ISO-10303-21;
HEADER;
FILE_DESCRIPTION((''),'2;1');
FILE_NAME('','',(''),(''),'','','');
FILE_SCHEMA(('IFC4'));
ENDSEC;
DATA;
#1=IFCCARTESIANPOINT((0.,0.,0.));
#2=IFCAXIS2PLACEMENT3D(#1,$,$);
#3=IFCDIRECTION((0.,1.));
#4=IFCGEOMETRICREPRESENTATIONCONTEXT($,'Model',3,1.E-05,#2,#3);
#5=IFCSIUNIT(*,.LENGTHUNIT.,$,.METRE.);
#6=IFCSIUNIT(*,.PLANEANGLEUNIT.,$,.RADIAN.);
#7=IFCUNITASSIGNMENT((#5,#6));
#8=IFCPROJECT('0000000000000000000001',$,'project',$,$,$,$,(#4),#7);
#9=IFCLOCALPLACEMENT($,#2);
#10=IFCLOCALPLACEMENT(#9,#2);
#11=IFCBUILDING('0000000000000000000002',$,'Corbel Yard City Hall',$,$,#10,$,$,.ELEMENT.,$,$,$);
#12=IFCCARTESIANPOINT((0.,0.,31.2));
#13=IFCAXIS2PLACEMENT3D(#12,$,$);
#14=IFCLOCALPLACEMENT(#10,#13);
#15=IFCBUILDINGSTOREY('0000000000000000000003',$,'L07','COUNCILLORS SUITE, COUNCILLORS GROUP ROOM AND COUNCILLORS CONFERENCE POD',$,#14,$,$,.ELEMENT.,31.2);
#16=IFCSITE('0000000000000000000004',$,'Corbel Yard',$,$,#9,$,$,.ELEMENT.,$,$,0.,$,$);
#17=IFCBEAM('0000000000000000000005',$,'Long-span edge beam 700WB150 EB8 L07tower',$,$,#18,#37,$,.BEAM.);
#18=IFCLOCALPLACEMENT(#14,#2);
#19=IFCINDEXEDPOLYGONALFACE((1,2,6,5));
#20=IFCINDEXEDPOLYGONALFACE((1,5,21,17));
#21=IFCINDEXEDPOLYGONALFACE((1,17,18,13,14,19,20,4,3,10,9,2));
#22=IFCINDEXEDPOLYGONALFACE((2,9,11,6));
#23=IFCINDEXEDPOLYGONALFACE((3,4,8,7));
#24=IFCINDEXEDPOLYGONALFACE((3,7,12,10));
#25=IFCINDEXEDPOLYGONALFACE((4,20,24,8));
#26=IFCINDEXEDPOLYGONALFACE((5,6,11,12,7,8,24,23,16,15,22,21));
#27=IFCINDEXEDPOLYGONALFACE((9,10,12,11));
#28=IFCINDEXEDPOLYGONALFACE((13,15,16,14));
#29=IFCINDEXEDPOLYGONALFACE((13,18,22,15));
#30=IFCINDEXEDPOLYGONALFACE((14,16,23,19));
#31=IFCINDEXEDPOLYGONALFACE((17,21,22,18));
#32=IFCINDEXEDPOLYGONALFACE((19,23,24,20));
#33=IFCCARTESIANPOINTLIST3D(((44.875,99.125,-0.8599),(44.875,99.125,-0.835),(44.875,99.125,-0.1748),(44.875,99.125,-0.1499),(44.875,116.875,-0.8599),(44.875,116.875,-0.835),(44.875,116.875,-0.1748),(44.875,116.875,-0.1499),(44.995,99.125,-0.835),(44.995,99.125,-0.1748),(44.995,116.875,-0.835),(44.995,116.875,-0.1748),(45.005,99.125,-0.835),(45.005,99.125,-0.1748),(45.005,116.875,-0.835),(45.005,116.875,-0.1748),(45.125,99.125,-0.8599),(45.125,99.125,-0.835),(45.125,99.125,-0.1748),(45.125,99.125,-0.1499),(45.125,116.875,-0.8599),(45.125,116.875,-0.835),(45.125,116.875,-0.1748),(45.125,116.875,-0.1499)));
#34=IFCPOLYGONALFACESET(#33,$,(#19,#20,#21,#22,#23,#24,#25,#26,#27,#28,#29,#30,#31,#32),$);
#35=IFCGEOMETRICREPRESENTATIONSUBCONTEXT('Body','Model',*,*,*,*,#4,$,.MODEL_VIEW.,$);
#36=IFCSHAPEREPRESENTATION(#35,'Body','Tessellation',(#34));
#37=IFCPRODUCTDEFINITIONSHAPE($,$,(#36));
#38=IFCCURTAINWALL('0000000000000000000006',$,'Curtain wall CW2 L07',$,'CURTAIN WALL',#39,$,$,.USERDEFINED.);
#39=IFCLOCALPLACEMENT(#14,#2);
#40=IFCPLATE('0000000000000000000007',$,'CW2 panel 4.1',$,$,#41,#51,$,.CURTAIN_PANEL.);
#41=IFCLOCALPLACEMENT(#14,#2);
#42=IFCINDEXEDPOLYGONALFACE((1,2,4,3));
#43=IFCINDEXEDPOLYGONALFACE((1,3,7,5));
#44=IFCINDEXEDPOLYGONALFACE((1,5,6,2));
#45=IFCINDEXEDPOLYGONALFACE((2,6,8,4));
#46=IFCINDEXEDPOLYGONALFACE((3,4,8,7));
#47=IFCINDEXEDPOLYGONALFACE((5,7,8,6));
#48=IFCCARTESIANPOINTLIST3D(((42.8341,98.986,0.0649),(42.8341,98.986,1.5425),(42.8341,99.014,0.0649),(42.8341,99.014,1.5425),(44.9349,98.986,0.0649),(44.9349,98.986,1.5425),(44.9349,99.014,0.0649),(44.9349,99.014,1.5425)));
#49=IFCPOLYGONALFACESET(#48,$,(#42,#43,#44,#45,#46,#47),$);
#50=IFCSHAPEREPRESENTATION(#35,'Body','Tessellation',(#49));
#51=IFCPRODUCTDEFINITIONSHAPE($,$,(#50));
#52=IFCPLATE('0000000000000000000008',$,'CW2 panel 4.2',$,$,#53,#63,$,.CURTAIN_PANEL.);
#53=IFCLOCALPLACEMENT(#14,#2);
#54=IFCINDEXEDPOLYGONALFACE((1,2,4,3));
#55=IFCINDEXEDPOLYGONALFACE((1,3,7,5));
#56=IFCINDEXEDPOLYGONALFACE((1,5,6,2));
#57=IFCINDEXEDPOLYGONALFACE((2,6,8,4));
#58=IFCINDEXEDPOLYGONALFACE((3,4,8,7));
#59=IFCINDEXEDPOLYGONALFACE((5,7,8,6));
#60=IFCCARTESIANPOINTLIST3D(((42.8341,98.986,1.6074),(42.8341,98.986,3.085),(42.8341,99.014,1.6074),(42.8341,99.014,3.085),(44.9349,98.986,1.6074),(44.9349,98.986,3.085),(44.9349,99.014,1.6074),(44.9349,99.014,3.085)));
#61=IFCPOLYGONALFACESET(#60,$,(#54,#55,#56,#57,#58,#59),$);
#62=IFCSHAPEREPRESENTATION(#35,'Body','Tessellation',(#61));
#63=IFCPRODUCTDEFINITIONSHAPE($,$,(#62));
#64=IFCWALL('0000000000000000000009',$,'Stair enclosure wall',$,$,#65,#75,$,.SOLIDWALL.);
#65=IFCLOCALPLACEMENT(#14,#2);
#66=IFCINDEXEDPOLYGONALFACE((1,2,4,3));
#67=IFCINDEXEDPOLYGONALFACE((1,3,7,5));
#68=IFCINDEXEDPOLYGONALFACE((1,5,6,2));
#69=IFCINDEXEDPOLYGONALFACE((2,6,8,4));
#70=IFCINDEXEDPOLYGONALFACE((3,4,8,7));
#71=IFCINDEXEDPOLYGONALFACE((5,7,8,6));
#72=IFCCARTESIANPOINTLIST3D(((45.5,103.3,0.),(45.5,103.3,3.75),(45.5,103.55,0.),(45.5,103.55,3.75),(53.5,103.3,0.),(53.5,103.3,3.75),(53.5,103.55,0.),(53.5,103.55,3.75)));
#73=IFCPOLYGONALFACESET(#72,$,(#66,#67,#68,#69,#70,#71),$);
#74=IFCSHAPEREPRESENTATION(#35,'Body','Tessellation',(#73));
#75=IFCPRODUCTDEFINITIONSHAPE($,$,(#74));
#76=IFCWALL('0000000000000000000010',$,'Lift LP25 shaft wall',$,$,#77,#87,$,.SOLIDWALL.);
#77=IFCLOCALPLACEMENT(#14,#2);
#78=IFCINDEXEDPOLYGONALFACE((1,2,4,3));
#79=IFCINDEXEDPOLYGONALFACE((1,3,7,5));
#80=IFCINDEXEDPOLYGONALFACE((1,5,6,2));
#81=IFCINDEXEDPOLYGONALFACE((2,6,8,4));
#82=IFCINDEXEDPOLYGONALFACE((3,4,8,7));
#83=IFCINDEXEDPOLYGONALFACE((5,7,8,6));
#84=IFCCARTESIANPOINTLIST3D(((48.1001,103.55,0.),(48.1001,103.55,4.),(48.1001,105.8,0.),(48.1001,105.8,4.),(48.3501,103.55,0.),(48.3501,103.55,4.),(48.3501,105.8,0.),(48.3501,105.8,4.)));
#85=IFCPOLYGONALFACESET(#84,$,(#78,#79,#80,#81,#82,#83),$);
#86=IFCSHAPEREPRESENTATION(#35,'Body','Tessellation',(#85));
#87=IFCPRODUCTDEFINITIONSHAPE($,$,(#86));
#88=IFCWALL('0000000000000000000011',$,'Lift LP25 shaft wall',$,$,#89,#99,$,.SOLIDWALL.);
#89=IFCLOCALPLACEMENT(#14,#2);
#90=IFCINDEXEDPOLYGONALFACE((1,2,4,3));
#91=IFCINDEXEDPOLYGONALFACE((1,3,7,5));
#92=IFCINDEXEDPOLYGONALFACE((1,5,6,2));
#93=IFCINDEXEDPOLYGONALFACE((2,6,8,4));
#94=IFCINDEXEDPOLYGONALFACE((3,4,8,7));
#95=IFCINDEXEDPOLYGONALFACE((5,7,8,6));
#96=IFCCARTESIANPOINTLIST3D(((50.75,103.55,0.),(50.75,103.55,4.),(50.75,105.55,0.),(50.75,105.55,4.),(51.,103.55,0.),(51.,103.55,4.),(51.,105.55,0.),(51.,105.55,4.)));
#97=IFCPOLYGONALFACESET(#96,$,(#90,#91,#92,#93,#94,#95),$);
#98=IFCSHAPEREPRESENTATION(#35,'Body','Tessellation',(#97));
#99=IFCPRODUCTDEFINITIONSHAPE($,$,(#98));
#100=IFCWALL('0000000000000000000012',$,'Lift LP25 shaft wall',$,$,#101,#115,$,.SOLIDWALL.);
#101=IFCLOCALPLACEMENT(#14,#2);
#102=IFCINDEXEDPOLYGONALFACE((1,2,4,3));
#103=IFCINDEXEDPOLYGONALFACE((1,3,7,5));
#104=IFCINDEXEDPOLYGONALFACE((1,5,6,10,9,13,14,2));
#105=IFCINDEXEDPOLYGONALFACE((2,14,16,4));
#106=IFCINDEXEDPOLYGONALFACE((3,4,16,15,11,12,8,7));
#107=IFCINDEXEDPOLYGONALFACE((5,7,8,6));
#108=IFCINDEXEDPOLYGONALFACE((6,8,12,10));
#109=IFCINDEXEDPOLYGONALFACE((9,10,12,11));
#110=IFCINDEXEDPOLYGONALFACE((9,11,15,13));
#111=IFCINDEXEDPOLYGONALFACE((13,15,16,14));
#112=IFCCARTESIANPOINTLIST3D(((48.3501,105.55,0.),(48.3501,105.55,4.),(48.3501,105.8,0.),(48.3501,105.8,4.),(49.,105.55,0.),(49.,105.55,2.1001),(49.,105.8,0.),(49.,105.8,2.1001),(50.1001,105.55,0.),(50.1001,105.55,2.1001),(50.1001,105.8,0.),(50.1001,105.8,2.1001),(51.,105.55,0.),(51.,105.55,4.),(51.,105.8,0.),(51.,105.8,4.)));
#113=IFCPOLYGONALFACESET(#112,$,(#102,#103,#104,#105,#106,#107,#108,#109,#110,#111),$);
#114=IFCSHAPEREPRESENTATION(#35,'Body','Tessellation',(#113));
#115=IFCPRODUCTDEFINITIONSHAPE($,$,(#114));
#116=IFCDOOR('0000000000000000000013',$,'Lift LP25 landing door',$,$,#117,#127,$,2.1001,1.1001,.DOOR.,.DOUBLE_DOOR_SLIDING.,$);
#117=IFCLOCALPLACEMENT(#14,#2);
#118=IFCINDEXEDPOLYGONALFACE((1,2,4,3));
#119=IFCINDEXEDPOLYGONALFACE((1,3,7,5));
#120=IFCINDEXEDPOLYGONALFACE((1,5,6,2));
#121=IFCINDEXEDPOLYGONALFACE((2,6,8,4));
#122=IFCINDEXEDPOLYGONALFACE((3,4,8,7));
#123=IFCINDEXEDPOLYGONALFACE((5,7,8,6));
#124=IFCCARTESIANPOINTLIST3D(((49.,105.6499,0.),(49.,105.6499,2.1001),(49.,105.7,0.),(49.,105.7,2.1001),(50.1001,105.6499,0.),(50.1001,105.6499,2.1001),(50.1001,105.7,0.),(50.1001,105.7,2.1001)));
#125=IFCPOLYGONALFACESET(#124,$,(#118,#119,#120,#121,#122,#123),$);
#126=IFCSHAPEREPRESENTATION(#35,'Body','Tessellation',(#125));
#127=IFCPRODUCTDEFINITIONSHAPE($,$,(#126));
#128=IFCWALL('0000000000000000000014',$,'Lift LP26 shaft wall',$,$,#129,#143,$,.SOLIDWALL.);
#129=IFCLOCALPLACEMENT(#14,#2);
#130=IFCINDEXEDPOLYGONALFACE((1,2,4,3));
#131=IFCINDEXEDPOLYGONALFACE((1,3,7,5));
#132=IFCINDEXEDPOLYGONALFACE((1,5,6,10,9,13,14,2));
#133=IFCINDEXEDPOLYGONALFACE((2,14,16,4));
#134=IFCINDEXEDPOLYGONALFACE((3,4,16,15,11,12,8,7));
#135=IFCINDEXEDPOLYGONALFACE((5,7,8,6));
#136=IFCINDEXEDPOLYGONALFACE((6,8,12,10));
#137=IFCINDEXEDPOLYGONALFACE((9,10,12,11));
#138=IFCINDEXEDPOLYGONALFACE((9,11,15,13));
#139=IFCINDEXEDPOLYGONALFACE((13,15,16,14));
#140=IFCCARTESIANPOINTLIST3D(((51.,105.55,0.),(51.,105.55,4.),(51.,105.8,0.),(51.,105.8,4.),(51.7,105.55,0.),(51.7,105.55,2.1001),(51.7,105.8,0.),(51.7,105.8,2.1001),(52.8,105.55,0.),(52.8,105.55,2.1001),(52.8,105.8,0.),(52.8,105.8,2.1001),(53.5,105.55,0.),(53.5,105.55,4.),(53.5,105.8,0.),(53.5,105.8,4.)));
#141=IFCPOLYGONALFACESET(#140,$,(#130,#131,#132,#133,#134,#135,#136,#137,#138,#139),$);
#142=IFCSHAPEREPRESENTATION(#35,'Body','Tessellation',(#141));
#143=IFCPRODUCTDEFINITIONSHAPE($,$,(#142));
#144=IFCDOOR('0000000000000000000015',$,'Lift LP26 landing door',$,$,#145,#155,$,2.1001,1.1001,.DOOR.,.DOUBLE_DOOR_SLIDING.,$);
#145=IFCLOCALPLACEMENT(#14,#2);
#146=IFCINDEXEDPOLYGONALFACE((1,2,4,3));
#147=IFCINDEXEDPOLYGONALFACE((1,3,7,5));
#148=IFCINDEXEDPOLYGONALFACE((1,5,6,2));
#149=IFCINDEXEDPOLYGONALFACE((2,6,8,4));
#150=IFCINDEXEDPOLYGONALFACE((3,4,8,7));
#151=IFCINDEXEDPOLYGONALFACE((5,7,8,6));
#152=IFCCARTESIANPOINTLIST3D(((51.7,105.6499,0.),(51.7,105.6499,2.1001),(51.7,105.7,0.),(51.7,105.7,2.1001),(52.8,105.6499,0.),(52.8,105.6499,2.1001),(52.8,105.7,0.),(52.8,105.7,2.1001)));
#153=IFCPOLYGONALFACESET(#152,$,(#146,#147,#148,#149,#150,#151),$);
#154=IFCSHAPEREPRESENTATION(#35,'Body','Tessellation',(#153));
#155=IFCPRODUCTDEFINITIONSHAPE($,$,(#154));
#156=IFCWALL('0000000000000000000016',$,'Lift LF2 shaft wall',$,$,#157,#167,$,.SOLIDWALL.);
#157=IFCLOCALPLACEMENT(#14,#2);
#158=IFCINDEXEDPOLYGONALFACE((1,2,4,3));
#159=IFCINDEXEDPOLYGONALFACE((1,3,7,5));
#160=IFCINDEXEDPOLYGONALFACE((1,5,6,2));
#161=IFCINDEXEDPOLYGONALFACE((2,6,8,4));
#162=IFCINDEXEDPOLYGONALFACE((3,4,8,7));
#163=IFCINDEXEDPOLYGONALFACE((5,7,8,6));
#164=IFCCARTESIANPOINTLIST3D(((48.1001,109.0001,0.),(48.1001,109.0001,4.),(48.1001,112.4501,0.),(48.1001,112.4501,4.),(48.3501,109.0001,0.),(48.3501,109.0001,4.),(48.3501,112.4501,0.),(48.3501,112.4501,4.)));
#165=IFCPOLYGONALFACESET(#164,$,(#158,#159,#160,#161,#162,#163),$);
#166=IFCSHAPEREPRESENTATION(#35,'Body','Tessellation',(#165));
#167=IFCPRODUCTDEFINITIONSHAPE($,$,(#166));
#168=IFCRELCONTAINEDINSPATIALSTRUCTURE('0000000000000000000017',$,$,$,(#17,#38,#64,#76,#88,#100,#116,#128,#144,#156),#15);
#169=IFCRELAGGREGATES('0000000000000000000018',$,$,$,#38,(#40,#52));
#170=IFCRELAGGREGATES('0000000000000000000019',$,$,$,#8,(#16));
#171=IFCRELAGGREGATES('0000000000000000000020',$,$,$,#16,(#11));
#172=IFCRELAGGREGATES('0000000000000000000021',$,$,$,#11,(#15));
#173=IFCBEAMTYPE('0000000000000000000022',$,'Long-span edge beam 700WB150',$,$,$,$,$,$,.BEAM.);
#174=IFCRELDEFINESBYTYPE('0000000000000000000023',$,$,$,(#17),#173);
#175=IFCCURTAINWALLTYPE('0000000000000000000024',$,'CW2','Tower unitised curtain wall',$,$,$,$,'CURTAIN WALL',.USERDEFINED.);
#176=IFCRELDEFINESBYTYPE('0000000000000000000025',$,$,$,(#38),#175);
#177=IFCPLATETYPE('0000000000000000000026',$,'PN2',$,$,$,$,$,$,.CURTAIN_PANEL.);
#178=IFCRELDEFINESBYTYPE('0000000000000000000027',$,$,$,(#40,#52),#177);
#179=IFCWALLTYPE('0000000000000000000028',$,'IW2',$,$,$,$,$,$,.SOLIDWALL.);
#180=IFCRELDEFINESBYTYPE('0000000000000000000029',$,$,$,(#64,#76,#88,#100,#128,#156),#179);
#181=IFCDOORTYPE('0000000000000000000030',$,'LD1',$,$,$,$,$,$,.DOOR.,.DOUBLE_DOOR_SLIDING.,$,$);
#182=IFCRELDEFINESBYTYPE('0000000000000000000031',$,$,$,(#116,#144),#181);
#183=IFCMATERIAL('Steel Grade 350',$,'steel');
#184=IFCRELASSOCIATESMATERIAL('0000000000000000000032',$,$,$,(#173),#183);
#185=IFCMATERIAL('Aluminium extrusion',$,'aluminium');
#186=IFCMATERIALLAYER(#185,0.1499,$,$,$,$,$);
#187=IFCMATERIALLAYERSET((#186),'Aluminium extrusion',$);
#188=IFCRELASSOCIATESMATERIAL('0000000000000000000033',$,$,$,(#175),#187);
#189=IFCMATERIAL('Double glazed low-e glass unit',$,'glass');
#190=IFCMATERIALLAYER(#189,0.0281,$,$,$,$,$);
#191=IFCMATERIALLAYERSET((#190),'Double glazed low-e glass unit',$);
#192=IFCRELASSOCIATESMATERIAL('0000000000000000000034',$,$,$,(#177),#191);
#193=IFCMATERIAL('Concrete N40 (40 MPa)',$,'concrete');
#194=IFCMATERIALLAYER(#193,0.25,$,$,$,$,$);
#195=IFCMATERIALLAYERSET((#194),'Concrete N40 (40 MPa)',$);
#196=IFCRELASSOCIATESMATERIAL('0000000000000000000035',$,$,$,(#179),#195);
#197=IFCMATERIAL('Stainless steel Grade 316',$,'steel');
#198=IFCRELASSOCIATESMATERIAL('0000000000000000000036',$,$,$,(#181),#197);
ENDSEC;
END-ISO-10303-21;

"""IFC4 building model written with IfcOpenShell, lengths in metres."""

from ifc_helpers import new_model, si_unit, direction, frame, frame_2d, origin, origin_2d, place, context, subcontext, project, spatial, rectangle, i_section, extrude, material, layer, layer_set, material_profile, profile_set, type_object, element, fill, aggregate, save


model = new_model("IFC4")

# Units and contexts
model_context = context("Model", 3, precision=1e-05, world=origin(), true_north=direction((0.0, 1.0)))
body_context = subcontext(model_context, "Body", "Model", "MODEL_VIEW")
ifc_project = project(units=[si_unit("LENGTHUNIT", "METRE"), si_unit("PLANEANGLEUNIT", "RADIAN")], contexts=[model_context])

# Site, building, storey
site_placement = place(None, origin())
site = spatial("IfcSite", under=ifc_project, at=site_placement, Name="Corbel Yard", CompositionType="ELEMENT", RefElevation=0.0)
building_placement = place(site_placement, origin())
building = spatial("IfcBuilding", under=site, at=building_placement, Name="Corbel Yard City Hall", CompositionType="ELEMENT")
storey_placement = place(building_placement, frame((0.0, 0.0, 31.2)))
storey = spatial("IfcBuildingStorey", under=building, at=storey_placement, Name="L07", Description="COUNCILLORS SUITE, COUNCILLORS GROUP ROOM AND COUNCILLORS CONFERENCE POD", CompositionType="ELEMENT", Elevation=31.2)

# Beam
ifc_material_1 = material(Name="Steel Grade 350", Category="steel")
ifc_material_profile = material_profile(ifc_material_1, i_section(OverallWidth=0.25, OverallDepth=0.71, WebThickness=0.01, FlangeThickness=0.0249, at=origin_2d()), Name="700WB150")
ifc_profile_set = profile_set([ifc_material_profile], Name="Steel Grade 350")
beam_type = type_object("IfcBeamType", Name="Long-span edge beam 700WB150", PredefinedType="BEAM", material=ifc_profile_set)
beam_placement = place(storey_placement, frame((45.0, 99.125, -0.5049), z_axis=(0.0, 1.0, 0.0), x_axis=(-1.0, 0.0, 0.0)))
element("IfcBeam", 1, at=beam_placement, inside=storey, type_object=beam_type, Name="Long-span edge beam 700WB150 EB8 L07tower", PredefinedType="BEAM", context=body_context, shape_type="SweptSolid", body=[
    extrude(i_section(OverallWidth=0.25, OverallDepth=0.71, WebThickness=0.01, FlangeThickness=0.0249, at=origin_2d()), origin(), (0.0, 0.0, 1.0), 17.75),
])

# Curtain wall, plates
ifc_material_2 = material(Name="Aluminium extrusion", Category="aluminium")
ifc_layer_1 = layer(ifc_material_2, 0.1499)
ifc_layer_set_1 = layer_set([ifc_layer_1], Name="Aluminium extrusion")
curtain_wall_type = type_object("IfcCurtainWallType", Name="CW2", Description="Tower unitised curtain wall", ElementType="CURTAIN WALL", PredefinedType="USERDEFINED", material=ifc_layer_set_1)
curtain_wall_placement = place(storey_placement, origin())
curtain_wall = element("IfcCurtainWall", 2, at=curtain_wall_placement, inside=storey, type_object=curtain_wall_type, Name="Curtain wall CW2 L07", ObjectType="CURTAIN WALL", PredefinedType="USERDEFINED")
ifc_material_3 = material(Name="Double glazed low-e glass unit", Category="glass")
ifc_layer_2 = layer(ifc_material_3, 0.0281)
ifc_layer_set_2 = layer_set([ifc_layer_2], Name="Double glazed low-e glass unit")
plate_type = type_object("IfcPlateType", Name="PN2", PredefinedType="CURTAIN_PANEL", material=ifc_layer_set_2)
plate_1_placement = place(storey_placement, frame((43.8845, 99.0, 0.0649), z_axis=(0.0, 0.0, 1.0), x_axis=(1.0, 0.0, 0.0)))
plate_1 = element("IfcPlate", 3, at=plate_1_placement, type_object=plate_type, Name="CW2 panel 4.1", PredefinedType="CURTAIN_PANEL", context=body_context, shape_type="SweptSolid", body=[
    extrude(rectangle(XDim=2.1008, YDim=0.0281, at=origin_2d()), origin(), (0.0, 0.0, 1.0), 1.4775),
])
plate_2_placement = place(storey_placement, frame((43.8845, 99.0, 1.6074), z_axis=(0.0, 0.0, 1.0), x_axis=(1.0, 0.0, 0.0)))
plate_2 = element("IfcPlate", 4, at=plate_2_placement, type_object=plate_type, Name="CW2 panel 4.2", PredefinedType="CURTAIN_PANEL", context=body_context, shape_type="SweptSolid", body=[
    extrude(rectangle(XDim=2.1008, YDim=0.0281, at=origin_2d()), origin(), (0.0, 0.0, 1.0), 1.4775),
])
aggregate(curtain_wall, [plate_1, plate_2])

# Walls
ifc_material_4 = material(Name="Concrete N40 (40 MPa)", Category="concrete")
ifc_layer_3 = layer(ifc_material_4, 0.25)
ifc_layer_set_3 = layer_set([ifc_layer_3], Name="Concrete N40 (40 MPa)")
wall_type_1 = type_object("IfcWallType", Name="IW2", PredefinedType="SOLIDWALL", material=ifc_layer_set_3)
wall_1_placement = place(storey_placement, frame((45.5, 103.425, 0.0), z_axis=(0.0, 0.0, 1.0), x_axis=(1.0, 0.0, 0.0)))
element("IfcWall", 5, at=wall_1_placement, inside=storey, type_object=wall_type_1, Name="Stair enclosure wall", PredefinedType="SOLIDWALL", context=body_context, shape_type="SweptSolid", body=[
    extrude(rectangle(XDim=8.0, YDim=0.25, at=frame_2d((4.0, 0.0))), origin(), (0.0, 0.0, 1.0), 3.75),
])
wall_2_placement = place(storey_placement, frame((48.2251, 103.55, 0.0), z_axis=(0.0, 0.0, 1.0), x_axis=(0.0, 1.0, 0.0)))
element("IfcWall", 6, at=wall_2_placement, inside=storey, type_object=wall_type_1, Name="Lift LP25 shaft wall", PredefinedType="SOLIDWALL", context=body_context, shape_type="SweptSolid", body=[
    extrude(rectangle(XDim=2.25, YDim=0.25, at=frame_2d((1.125, 0.0))), origin(), (0.0, 0.0, 1.0), 4.0),
])
wall_3_placement = place(storey_placement, frame((50.875, 103.55, 0.0), z_axis=(0.0, 0.0, 1.0), x_axis=(0.0, 1.0, 0.0)))
element("IfcWall", 7, at=wall_3_placement, inside=storey, type_object=wall_type_1, Name="Lift LP25 shaft wall", PredefinedType="SOLIDWALL", context=body_context, shape_type="SweptSolid", body=[
    extrude(rectangle(XDim=2.0, YDim=0.25, at=frame_2d((1.0, 0.0))), origin(), (0.0, 0.0, 1.0), 4.0),
])

# Walls, openings, doors
wall_4_placement = place(storey_placement, frame((48.3501, 105.675, 0.0), z_axis=(0.0, 0.0, 1.0), x_axis=(1.0, 0.0, 0.0)))
wall_4 = element("IfcWall", 8, at=wall_4_placement, inside=storey, type_object=wall_type_1, Name="Lift LP25 shaft wall", PredefinedType="SOLIDWALL", context=body_context, shape_type="SweptSolid", body=[
    extrude(rectangle(XDim=2.6499, YDim=0.25, at=frame_2d((1.325, 0.0))), origin(), (0.0, 0.0, 1.0), 4.0),
])
opening_1_placement = place(wall_4_placement, frame((0.6499, 0.0, 0.0)))
opening_1 = element("IfcOpeningElement", 9, at=opening_1_placement, cuts=wall_4, PredefinedType="OPENING", context=body_context, shape_type="SweptSolid", body=[
    extrude(rectangle(XDim=1.1001, YDim=2.1001, at=frame_2d((0.55, 1.05))), frame((0.0, 0.135, 0.0), z_axis=(0.0, -1.0, 0.0), x_axis=(1.0, 0.0, 0.0)), (0.0, 0.0, 1.0), 0.27),
])
ifc_material_5 = material(Name="Stainless steel Grade 316", Category="steel")
door_type_1 = type_object("IfcDoorType", Name="LD1", OperationType="DOUBLE_DOOR_SLIDING", PredefinedType="DOOR", material=ifc_material_5)
door_1_placement = place(opening_1_placement, origin())
door_1 = element("IfcDoor", 10, at=door_1_placement, inside=storey, type_object=door_type_1, Name="Lift LP25 landing door", OperationType="DOUBLE_DOOR_SLIDING", OverallHeight=2.1001, OverallWidth=1.1001, PredefinedType="DOOR", context=body_context, shape_type="SweptSolid", body=[
    extrude(rectangle(XDim=1.1001, YDim=2.1001, at=frame_2d((0.55, 1.05))), frame((0.0, 0.0249, 0.0), z_axis=(0.0, -1.0, 0.0), x_axis=(1.0, 0.0, 0.0)), (0.0, 0.0, 1.0), 0.05),
])
fill(opening_1, door_1)
wall_5_placement = place(storey_placement, frame((51.0, 105.675, 0.0), z_axis=(0.0, 0.0, 1.0), x_axis=(1.0, 0.0, 0.0)))
wall_5 = element("IfcWall", 11, at=wall_5_placement, inside=storey, type_object=wall_type_1, Name="Lift LP26 shaft wall", PredefinedType="SOLIDWALL", context=body_context, shape_type="SweptSolid", body=[
    extrude(rectangle(XDim=2.5, YDim=0.25, at=frame_2d((1.25, 0.0))), origin(), (0.0, 0.0, 1.0), 4.0),
])
opening_2_placement = place(wall_5_placement, frame((0.7, 0.0, 0.0)))
opening_2 = element("IfcOpeningElement", 12, at=opening_2_placement, cuts=wall_5, PredefinedType="OPENING", context=body_context, shape_type="SweptSolid", body=[
    extrude(rectangle(XDim=1.1001, YDim=2.1001, at=frame_2d((0.55, 1.05))), frame((0.0, 0.135, 0.0), z_axis=(0.0, -1.0, 0.0), x_axis=(1.0, 0.0, 0.0)), (0.0, 0.0, 1.0), 0.27),
])
door_2_placement = place(opening_2_placement, origin())
door_2 = element("IfcDoor", 13, at=door_2_placement, inside=storey, type_object=door_type_1, Name="Lift LP26 landing door", OperationType="DOUBLE_DOOR_SLIDING", OverallHeight=2.1001, OverallWidth=1.1001, PredefinedType="DOOR", context=body_context, shape_type="SweptSolid", body=[
    extrude(rectangle(XDim=1.1001, YDim=2.1001, at=frame_2d((0.55, 1.05))), frame((0.0, 0.0249, 0.0), z_axis=(0.0, -1.0, 0.0), x_axis=(1.0, 0.0, 0.0)), (0.0, 0.0, 1.0), 0.05),
])
fill(opening_2, door_2)

# Wall
wall_6_placement = place(storey_placement, frame((48.2251, 109.0, 0.0), z_axis=(0.0, 0.0, 1.0), x_axis=(0.0, 1.0, 0.0)))
element("IfcWall", 14, at=wall_6_placement, inside=storey, type_object=wall_type_1, Name="Lift LF2 shaft wall", PredefinedType="SOLIDWALL", context=body_context, shape_type="SweptSolid", body=[
    extrude(rectangle(XDim=3.45, YDim=0.25, at=frame_2d((1.7251, 0.0))), origin(), (0.0, 0.0, 1.0), 4.0),
])

save(model, "model.ifc")
